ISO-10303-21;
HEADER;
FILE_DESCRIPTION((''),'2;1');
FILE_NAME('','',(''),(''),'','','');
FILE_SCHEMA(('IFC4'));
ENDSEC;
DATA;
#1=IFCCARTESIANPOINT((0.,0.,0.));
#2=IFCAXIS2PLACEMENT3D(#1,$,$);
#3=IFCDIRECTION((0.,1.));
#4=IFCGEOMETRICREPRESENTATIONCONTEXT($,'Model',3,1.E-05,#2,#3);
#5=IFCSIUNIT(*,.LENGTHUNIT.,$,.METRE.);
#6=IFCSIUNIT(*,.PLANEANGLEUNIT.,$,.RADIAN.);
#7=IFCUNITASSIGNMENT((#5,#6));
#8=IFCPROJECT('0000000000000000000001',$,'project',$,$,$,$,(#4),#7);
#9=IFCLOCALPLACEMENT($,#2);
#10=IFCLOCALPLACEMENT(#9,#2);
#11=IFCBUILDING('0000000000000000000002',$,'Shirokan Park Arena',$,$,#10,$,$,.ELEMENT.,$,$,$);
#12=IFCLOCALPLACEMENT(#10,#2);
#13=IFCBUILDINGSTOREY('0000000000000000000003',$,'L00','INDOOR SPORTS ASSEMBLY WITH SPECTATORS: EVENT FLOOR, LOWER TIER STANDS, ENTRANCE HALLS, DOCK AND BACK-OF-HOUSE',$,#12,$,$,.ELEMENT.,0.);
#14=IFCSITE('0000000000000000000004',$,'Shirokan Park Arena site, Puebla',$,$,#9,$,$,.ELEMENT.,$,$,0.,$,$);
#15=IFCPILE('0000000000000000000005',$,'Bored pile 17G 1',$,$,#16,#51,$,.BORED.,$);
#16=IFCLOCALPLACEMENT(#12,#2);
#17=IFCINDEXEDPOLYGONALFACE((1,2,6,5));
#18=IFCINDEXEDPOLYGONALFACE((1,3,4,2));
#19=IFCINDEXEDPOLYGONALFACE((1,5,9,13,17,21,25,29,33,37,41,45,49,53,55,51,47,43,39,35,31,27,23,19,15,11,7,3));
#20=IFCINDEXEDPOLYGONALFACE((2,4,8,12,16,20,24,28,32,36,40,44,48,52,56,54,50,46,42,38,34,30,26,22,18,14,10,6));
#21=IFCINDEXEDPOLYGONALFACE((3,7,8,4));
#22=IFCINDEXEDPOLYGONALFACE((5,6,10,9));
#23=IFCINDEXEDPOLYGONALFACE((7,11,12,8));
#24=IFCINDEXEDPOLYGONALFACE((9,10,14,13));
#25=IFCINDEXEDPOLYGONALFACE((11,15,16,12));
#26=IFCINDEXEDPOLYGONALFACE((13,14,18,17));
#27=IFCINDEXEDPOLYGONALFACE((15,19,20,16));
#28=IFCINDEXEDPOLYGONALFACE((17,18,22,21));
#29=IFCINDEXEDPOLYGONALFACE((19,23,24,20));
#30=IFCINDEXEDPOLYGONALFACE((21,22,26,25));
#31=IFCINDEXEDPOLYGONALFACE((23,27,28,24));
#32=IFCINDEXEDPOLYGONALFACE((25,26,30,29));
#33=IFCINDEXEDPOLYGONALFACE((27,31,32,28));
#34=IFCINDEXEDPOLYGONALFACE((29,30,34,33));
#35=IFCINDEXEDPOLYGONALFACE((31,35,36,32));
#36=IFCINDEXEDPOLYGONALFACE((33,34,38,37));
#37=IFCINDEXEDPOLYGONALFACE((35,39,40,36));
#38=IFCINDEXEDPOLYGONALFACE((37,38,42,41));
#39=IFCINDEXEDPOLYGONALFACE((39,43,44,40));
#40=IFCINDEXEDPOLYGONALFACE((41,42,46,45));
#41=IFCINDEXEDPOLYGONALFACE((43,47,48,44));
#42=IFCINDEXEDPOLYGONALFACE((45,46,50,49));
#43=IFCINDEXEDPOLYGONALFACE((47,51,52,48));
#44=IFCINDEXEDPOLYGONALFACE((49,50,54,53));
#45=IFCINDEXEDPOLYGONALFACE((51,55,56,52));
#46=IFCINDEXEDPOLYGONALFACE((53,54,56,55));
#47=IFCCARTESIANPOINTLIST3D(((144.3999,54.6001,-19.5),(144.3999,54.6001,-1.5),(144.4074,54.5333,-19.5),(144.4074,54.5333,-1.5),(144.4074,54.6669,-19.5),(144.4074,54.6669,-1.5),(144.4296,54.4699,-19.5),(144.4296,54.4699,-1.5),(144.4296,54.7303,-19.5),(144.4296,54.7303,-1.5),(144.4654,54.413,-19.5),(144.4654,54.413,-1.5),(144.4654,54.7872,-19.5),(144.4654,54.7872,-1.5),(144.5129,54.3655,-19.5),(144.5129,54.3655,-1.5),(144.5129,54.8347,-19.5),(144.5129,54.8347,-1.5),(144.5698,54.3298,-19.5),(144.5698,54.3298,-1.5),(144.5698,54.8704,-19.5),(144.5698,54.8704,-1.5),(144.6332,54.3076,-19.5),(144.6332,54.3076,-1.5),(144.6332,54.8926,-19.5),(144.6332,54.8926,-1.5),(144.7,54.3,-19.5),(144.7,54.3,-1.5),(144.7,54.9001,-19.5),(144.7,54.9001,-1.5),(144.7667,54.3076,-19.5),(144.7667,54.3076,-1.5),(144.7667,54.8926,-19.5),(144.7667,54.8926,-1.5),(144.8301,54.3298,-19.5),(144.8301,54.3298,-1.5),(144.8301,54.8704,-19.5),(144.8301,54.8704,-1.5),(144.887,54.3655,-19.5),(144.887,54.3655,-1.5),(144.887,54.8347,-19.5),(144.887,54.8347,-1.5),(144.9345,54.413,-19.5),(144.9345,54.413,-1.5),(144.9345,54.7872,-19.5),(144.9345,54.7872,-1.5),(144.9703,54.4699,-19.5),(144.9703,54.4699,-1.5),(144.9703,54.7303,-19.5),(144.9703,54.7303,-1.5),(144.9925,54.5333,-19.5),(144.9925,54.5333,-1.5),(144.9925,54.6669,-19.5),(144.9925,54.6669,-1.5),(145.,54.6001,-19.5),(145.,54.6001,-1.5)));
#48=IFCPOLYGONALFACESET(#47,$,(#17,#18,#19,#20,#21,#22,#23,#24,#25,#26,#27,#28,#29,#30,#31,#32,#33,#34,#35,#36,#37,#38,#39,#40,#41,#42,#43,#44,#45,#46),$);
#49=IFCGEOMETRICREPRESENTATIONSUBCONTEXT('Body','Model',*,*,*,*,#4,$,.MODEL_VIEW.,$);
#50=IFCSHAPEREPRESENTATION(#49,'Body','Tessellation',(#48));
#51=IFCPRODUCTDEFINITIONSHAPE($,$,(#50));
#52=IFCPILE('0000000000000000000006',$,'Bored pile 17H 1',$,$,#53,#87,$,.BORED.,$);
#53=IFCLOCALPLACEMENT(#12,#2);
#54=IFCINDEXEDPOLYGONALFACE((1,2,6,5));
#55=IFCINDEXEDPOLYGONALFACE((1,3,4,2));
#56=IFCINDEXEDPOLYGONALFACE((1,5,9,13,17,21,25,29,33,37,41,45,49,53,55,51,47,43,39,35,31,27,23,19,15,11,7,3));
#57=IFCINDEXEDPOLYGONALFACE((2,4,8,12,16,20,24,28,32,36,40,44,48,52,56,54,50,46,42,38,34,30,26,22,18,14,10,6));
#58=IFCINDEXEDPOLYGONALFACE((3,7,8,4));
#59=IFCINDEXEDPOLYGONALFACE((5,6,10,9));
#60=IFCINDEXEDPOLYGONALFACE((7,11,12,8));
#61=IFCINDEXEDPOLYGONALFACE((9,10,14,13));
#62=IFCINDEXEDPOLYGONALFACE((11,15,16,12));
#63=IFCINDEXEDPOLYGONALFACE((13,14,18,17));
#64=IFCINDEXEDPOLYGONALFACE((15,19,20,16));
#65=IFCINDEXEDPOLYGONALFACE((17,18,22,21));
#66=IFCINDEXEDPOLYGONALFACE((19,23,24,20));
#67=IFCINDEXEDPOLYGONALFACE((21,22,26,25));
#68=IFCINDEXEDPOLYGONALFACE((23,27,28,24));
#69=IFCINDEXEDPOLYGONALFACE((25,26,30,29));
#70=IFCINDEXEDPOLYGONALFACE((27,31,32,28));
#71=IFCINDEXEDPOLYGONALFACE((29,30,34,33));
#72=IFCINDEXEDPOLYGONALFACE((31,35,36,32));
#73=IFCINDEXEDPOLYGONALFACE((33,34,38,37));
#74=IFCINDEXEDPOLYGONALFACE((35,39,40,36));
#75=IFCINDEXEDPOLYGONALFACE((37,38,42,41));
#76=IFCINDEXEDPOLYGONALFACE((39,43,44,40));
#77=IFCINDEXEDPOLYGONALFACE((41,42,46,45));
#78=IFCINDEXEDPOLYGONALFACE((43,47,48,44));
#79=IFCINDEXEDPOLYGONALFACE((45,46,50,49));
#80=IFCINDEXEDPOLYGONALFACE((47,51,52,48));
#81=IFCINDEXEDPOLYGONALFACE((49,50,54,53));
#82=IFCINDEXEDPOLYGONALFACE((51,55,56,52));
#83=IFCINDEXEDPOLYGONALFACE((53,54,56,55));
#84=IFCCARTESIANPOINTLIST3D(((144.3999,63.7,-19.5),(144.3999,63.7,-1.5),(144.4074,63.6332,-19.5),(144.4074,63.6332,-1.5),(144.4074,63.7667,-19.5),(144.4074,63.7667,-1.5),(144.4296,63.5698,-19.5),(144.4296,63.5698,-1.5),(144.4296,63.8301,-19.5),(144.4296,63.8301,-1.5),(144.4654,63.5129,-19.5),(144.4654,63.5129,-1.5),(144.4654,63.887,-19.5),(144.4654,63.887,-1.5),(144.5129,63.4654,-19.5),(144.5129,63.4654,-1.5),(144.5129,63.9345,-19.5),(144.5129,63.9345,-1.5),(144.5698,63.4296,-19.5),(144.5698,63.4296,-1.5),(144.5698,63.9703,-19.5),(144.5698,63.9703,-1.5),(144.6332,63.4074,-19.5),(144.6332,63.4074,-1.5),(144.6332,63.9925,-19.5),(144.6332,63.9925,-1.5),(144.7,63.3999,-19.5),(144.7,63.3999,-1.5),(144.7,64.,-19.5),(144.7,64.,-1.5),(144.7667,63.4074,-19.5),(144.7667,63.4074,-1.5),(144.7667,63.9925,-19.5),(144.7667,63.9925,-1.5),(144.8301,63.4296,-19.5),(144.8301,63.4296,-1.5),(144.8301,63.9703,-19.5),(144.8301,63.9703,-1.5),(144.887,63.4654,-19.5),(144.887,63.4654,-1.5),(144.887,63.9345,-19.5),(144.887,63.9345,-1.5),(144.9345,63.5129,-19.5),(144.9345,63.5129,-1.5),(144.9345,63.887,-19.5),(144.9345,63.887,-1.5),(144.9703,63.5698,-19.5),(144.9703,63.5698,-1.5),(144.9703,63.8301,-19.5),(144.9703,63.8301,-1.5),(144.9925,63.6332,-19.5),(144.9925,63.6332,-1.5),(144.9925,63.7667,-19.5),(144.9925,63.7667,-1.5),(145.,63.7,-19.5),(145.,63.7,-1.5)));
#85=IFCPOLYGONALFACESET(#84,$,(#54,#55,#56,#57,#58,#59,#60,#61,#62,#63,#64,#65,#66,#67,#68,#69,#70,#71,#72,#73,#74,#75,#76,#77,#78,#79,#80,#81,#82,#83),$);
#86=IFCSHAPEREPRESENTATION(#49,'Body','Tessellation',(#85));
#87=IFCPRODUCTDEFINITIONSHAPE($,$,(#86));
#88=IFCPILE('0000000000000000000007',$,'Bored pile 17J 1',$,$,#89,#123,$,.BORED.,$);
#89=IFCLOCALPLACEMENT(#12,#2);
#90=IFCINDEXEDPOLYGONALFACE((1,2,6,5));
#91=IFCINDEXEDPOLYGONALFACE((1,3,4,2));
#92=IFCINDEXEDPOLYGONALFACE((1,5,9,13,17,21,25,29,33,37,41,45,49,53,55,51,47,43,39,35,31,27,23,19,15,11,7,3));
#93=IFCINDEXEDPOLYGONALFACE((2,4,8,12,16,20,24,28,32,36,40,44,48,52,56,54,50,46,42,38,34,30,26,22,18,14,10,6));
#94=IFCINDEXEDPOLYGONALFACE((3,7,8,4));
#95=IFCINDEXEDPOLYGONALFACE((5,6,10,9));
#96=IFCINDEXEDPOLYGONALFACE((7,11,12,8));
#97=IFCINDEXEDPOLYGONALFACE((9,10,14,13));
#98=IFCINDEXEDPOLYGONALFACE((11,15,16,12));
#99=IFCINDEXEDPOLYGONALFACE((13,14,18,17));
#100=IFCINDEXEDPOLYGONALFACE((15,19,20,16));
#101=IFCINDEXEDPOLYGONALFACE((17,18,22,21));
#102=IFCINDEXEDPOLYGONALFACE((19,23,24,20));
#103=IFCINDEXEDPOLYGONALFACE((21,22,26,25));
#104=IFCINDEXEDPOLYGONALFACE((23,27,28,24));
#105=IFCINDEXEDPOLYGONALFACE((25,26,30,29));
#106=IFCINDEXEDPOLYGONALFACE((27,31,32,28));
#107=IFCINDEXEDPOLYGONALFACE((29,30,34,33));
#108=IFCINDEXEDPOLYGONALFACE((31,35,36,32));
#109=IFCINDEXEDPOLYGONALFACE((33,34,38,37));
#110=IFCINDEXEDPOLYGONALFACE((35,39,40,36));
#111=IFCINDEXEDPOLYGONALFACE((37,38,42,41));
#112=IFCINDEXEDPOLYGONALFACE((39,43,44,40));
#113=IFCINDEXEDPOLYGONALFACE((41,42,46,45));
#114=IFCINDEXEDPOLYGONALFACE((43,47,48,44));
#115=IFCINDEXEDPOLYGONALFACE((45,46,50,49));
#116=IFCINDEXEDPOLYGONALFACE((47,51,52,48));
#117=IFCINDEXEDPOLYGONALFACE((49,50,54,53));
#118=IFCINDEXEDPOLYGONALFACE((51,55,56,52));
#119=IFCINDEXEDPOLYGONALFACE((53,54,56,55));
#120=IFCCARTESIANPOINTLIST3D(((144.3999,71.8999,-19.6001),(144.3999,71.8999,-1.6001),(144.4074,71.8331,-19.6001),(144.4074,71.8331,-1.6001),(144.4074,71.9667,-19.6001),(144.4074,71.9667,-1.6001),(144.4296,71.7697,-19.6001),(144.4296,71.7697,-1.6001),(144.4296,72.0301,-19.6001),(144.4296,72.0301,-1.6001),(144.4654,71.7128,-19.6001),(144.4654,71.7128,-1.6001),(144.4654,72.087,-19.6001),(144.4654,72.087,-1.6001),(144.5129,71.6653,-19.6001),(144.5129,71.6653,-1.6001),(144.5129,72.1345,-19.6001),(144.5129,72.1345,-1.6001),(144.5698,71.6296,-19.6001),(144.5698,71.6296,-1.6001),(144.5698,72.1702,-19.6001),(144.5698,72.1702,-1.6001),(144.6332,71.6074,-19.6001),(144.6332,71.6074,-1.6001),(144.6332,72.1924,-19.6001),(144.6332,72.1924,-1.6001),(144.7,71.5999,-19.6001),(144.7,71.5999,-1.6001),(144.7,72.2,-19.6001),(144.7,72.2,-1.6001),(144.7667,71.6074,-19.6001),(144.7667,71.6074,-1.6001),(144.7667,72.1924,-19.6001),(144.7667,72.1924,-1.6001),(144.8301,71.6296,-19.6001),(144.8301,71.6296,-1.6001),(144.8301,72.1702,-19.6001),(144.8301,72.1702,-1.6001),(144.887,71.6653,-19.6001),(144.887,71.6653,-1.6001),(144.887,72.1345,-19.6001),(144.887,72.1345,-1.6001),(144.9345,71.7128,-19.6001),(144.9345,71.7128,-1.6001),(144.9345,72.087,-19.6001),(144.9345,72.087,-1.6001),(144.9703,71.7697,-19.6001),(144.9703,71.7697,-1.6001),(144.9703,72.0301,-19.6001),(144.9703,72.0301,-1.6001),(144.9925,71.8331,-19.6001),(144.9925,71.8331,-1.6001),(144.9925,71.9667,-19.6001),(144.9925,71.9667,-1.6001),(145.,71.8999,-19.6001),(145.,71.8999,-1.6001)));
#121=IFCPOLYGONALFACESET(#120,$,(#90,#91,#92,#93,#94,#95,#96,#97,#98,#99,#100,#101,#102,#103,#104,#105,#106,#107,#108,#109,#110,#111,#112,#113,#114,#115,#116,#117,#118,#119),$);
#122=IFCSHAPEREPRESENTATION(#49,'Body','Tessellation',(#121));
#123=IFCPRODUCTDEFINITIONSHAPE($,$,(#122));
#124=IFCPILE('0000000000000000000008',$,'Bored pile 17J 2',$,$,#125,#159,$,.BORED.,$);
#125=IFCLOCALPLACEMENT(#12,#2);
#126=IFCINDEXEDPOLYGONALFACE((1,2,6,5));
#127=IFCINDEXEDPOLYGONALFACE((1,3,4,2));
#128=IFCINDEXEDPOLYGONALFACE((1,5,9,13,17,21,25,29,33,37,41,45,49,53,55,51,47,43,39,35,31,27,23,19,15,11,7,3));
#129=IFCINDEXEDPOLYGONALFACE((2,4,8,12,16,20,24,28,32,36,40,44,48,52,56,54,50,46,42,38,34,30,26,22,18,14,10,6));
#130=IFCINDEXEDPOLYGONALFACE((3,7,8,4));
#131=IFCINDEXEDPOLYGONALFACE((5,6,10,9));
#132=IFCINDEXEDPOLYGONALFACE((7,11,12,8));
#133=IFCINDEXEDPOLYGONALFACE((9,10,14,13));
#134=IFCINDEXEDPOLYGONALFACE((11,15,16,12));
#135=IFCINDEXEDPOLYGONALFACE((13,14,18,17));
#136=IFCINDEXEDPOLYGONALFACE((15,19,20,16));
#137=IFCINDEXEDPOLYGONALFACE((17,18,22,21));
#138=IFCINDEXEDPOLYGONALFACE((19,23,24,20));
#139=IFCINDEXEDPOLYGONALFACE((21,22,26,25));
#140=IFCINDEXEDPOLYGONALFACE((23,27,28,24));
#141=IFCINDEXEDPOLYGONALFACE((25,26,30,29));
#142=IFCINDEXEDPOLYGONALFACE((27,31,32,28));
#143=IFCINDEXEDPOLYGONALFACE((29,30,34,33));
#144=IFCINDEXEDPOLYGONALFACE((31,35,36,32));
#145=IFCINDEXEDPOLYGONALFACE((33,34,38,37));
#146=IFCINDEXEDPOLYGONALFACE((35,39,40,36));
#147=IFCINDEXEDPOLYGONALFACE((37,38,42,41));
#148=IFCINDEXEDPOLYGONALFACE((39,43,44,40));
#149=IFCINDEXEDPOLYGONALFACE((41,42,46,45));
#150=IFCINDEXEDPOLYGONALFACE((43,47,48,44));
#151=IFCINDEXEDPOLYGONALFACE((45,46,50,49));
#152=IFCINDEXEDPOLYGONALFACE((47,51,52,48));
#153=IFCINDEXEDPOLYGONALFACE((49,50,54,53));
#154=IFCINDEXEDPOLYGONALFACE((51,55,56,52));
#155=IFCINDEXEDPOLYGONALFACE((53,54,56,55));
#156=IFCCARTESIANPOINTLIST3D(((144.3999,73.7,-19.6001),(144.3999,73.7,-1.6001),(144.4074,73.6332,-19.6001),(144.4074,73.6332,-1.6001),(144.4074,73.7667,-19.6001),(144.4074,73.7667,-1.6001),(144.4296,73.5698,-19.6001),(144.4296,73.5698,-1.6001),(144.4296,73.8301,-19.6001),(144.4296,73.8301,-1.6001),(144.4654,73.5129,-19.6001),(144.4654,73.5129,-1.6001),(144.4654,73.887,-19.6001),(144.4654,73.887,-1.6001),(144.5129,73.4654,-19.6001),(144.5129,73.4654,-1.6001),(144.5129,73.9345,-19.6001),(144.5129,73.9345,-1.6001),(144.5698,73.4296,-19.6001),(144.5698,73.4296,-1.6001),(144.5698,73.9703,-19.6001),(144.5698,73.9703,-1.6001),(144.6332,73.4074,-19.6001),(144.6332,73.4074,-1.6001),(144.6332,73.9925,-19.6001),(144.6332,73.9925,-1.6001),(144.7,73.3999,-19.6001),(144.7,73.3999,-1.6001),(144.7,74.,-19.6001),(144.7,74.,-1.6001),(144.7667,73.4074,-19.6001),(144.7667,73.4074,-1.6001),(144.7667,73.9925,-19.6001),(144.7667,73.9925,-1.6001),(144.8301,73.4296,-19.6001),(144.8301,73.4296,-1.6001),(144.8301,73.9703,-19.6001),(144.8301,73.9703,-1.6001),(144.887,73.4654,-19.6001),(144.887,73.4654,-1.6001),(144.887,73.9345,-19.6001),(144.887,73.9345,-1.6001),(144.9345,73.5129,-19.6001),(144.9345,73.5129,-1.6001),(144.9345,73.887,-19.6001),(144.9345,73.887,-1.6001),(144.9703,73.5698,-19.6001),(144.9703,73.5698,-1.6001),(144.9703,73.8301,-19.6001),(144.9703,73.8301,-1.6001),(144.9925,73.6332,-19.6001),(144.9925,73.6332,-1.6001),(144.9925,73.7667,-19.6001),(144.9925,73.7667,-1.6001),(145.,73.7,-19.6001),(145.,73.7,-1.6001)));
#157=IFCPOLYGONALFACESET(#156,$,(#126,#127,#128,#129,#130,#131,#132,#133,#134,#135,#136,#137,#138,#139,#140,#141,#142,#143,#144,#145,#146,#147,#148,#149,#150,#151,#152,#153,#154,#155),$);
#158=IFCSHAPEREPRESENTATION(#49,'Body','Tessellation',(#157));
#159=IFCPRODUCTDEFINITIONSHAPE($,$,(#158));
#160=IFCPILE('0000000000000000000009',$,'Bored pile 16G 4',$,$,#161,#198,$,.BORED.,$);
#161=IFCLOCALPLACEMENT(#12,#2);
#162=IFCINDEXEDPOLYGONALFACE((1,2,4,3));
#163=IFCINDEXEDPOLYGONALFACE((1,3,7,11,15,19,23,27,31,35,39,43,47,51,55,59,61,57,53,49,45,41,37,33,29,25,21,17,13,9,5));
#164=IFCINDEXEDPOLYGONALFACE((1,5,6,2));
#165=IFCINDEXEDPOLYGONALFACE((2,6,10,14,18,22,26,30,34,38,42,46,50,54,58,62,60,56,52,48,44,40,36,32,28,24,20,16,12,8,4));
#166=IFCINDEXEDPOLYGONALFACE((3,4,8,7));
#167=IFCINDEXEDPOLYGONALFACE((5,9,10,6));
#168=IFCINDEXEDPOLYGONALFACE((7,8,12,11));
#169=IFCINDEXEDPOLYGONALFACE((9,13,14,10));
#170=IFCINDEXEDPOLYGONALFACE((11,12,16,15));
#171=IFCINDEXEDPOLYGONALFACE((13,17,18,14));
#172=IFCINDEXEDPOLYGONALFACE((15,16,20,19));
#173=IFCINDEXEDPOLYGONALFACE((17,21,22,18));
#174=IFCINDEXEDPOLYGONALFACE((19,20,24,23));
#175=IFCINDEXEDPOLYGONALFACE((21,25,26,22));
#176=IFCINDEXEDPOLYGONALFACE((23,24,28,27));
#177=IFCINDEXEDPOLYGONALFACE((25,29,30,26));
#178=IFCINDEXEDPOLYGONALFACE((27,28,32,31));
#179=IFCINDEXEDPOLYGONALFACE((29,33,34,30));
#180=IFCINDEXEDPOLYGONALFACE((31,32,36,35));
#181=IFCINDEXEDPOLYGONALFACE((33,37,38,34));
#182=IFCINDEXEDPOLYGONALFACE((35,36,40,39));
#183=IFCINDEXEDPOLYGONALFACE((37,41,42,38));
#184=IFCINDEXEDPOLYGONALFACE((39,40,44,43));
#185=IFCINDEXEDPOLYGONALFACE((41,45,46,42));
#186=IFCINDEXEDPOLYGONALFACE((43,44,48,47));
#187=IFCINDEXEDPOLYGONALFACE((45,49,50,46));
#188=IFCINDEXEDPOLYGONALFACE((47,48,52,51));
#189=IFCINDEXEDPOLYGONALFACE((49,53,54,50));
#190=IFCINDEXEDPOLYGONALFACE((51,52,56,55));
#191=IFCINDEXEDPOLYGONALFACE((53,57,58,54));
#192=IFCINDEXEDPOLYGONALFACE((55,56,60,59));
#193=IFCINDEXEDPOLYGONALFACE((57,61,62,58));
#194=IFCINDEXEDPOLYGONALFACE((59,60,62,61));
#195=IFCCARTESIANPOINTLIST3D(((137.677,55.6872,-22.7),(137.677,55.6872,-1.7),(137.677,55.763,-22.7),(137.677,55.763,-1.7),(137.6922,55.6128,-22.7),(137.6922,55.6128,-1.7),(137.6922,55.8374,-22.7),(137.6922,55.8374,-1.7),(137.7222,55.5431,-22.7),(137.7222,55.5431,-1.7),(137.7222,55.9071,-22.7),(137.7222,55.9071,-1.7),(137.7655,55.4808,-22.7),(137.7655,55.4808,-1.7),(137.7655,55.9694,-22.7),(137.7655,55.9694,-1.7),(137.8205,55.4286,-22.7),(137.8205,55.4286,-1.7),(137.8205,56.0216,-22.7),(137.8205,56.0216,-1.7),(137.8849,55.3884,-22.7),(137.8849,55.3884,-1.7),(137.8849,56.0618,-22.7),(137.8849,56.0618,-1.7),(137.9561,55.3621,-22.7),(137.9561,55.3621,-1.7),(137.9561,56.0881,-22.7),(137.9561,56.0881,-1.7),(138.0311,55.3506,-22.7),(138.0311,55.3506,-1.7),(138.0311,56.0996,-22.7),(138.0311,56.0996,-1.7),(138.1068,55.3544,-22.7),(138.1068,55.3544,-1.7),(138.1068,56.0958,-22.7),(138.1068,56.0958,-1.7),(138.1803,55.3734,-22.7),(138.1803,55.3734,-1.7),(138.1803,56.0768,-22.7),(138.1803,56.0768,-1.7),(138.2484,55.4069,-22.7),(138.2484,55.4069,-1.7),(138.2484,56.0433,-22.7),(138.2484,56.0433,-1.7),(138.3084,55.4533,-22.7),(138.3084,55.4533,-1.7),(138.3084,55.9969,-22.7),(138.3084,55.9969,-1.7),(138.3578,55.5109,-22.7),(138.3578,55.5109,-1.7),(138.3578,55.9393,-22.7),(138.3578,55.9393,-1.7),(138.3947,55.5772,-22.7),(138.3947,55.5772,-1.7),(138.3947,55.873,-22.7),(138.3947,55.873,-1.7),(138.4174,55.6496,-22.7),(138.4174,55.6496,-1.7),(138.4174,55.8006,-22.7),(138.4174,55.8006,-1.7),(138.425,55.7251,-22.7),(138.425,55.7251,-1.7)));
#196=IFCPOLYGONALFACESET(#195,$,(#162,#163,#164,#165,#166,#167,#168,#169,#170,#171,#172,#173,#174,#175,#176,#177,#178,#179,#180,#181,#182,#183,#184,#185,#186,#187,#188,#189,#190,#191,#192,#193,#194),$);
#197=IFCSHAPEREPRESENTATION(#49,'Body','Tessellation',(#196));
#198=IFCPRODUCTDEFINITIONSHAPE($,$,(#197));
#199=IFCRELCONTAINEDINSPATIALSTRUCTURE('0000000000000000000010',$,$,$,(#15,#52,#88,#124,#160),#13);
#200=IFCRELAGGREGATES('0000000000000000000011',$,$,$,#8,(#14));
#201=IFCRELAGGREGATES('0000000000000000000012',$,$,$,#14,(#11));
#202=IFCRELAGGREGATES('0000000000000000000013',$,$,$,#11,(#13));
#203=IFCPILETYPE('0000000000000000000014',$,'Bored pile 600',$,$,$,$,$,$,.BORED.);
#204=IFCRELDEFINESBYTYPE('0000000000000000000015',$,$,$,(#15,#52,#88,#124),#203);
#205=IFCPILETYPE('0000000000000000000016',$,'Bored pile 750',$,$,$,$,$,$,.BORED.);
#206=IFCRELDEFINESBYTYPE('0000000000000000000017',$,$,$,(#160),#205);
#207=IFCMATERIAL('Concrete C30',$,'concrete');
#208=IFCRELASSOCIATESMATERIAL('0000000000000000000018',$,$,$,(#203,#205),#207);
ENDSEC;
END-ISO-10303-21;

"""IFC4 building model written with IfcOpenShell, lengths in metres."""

from ifc_helpers import new_model, si_unit, direction, frame, origin, origin_2d, place, context, subcontext, project, spatial, circle, extrude, material, material_profile, profile_set, type_object, element, save


model = new_model("IFC4")

# Units and contexts
model_context = context("Model", 3, precision=1e-05, world=origin(), true_north=direction((0.0, 1.0)))
body_context = subcontext(model_context, "Body", "Model", "MODEL_VIEW")
ifc_project = project(units=[si_unit("LENGTHUNIT", "METRE"), si_unit("PLANEANGLEUNIT", "RADIAN")], contexts=[model_context])

# Site, building, storey
site_placement = place(None, origin())
site = spatial("IfcSite", under=ifc_project, at=site_placement, Name="Shirokan Park Arena site, Puebla", CompositionType="ELEMENT", RefElevation=0.0)
building_placement = place(site_placement, origin())
building = spatial("IfcBuilding", under=site, at=building_placement, Name="Shirokan Park Arena", CompositionType="ELEMENT")
storey_placement = place(building_placement, origin())
storey = spatial("IfcBuildingStorey", under=building, at=storey_placement, Name="L00", Description="INDOOR SPORTS ASSEMBLY WITH SPECTATORS: EVENT FLOOR, LOWER TIER STANDS, ENTRANCE HALLS, DOCK AND BACK-OF-HOUSE", CompositionType="ELEMENT", Elevation=0.0)

# Piles
ifc_material_1 = material(Name="Concrete C30", Category="concrete")
ifc_material_profile_1 = material_profile(ifc_material_1, circle(Radius=0.3, at=origin_2d()), Name="D600")
ifc_profile_set_1 = profile_set([ifc_material_profile_1], Name="Concrete C30")
pile_type_1 = type_object("IfcPileType", Name="Bored pile 600", PredefinedType="BORED", material=ifc_profile_set_1)
for number, where, z_axis, x_axis, name in (
    (1, (144.7, 54.6001, -1.5), (0.0, 0.0, -1.0), (1.0, 0.0, 0.0), "Bored pile 17G 1"),
    (2, (144.7, 63.7, -1.5), (0.0, 0.0, -1.0), (1.0, 0.0, 0.0), "Bored pile 17H 1"),
    (3, (144.7, 71.8999, -1.6001), (0.0, 0.0, -1.0), (1.0, 0.0, 0.0), "Bored pile 17J 1"),
    (4, (144.7, 73.7, -1.6001), (0.0, 0.0, -1.0), (1.0, 0.0, 0.0), "Bored pile 17J 2"),
):
    element("IfcPile", number, at=place(storey_placement, frame(where, z_axis=z_axis, x_axis=x_axis)), inside=storey, type_object=pile_type_1, Name=name, PredefinedType="BORED", context=body_context, shape_type="SweptSolid", body=[
        extrude(circle(Radius=0.3, at=origin_2d()), origin(), (0.0, 0.0, 1.0), 18.0),
    ])
ifc_material_profile_2 = material_profile(ifc_material_1, circle(Radius=0.375, at=origin_2d()), Name="D750")
ifc_profile_set_2 = profile_set([ifc_material_profile_2], Name="Concrete C30")
pile_type_2 = type_object("IfcPileType", Name="Bored pile 750", PredefinedType="BORED", material=ifc_profile_set_2)
for number, where, z_axis, x_axis, name in (
    (5, (138.05, 55.7251, -1.7), (0.0, 0.0, -1.0), (1.0, 0.0, 0.0), "Bored pile 16G 4"),
):
    element("IfcPile", number, at=place(storey_placement, frame(where, z_axis=z_axis, x_axis=x_axis)), inside=storey, type_object=pile_type_2, Name=name, PredefinedType="BORED", context=body_context, shape_type="SweptSolid", body=[
        extrude(circle(Radius=0.375, at=origin_2d()), origin(), (0.0, 0.0, 1.0), 21.0),
    ])

save(model, "model.ifc")
